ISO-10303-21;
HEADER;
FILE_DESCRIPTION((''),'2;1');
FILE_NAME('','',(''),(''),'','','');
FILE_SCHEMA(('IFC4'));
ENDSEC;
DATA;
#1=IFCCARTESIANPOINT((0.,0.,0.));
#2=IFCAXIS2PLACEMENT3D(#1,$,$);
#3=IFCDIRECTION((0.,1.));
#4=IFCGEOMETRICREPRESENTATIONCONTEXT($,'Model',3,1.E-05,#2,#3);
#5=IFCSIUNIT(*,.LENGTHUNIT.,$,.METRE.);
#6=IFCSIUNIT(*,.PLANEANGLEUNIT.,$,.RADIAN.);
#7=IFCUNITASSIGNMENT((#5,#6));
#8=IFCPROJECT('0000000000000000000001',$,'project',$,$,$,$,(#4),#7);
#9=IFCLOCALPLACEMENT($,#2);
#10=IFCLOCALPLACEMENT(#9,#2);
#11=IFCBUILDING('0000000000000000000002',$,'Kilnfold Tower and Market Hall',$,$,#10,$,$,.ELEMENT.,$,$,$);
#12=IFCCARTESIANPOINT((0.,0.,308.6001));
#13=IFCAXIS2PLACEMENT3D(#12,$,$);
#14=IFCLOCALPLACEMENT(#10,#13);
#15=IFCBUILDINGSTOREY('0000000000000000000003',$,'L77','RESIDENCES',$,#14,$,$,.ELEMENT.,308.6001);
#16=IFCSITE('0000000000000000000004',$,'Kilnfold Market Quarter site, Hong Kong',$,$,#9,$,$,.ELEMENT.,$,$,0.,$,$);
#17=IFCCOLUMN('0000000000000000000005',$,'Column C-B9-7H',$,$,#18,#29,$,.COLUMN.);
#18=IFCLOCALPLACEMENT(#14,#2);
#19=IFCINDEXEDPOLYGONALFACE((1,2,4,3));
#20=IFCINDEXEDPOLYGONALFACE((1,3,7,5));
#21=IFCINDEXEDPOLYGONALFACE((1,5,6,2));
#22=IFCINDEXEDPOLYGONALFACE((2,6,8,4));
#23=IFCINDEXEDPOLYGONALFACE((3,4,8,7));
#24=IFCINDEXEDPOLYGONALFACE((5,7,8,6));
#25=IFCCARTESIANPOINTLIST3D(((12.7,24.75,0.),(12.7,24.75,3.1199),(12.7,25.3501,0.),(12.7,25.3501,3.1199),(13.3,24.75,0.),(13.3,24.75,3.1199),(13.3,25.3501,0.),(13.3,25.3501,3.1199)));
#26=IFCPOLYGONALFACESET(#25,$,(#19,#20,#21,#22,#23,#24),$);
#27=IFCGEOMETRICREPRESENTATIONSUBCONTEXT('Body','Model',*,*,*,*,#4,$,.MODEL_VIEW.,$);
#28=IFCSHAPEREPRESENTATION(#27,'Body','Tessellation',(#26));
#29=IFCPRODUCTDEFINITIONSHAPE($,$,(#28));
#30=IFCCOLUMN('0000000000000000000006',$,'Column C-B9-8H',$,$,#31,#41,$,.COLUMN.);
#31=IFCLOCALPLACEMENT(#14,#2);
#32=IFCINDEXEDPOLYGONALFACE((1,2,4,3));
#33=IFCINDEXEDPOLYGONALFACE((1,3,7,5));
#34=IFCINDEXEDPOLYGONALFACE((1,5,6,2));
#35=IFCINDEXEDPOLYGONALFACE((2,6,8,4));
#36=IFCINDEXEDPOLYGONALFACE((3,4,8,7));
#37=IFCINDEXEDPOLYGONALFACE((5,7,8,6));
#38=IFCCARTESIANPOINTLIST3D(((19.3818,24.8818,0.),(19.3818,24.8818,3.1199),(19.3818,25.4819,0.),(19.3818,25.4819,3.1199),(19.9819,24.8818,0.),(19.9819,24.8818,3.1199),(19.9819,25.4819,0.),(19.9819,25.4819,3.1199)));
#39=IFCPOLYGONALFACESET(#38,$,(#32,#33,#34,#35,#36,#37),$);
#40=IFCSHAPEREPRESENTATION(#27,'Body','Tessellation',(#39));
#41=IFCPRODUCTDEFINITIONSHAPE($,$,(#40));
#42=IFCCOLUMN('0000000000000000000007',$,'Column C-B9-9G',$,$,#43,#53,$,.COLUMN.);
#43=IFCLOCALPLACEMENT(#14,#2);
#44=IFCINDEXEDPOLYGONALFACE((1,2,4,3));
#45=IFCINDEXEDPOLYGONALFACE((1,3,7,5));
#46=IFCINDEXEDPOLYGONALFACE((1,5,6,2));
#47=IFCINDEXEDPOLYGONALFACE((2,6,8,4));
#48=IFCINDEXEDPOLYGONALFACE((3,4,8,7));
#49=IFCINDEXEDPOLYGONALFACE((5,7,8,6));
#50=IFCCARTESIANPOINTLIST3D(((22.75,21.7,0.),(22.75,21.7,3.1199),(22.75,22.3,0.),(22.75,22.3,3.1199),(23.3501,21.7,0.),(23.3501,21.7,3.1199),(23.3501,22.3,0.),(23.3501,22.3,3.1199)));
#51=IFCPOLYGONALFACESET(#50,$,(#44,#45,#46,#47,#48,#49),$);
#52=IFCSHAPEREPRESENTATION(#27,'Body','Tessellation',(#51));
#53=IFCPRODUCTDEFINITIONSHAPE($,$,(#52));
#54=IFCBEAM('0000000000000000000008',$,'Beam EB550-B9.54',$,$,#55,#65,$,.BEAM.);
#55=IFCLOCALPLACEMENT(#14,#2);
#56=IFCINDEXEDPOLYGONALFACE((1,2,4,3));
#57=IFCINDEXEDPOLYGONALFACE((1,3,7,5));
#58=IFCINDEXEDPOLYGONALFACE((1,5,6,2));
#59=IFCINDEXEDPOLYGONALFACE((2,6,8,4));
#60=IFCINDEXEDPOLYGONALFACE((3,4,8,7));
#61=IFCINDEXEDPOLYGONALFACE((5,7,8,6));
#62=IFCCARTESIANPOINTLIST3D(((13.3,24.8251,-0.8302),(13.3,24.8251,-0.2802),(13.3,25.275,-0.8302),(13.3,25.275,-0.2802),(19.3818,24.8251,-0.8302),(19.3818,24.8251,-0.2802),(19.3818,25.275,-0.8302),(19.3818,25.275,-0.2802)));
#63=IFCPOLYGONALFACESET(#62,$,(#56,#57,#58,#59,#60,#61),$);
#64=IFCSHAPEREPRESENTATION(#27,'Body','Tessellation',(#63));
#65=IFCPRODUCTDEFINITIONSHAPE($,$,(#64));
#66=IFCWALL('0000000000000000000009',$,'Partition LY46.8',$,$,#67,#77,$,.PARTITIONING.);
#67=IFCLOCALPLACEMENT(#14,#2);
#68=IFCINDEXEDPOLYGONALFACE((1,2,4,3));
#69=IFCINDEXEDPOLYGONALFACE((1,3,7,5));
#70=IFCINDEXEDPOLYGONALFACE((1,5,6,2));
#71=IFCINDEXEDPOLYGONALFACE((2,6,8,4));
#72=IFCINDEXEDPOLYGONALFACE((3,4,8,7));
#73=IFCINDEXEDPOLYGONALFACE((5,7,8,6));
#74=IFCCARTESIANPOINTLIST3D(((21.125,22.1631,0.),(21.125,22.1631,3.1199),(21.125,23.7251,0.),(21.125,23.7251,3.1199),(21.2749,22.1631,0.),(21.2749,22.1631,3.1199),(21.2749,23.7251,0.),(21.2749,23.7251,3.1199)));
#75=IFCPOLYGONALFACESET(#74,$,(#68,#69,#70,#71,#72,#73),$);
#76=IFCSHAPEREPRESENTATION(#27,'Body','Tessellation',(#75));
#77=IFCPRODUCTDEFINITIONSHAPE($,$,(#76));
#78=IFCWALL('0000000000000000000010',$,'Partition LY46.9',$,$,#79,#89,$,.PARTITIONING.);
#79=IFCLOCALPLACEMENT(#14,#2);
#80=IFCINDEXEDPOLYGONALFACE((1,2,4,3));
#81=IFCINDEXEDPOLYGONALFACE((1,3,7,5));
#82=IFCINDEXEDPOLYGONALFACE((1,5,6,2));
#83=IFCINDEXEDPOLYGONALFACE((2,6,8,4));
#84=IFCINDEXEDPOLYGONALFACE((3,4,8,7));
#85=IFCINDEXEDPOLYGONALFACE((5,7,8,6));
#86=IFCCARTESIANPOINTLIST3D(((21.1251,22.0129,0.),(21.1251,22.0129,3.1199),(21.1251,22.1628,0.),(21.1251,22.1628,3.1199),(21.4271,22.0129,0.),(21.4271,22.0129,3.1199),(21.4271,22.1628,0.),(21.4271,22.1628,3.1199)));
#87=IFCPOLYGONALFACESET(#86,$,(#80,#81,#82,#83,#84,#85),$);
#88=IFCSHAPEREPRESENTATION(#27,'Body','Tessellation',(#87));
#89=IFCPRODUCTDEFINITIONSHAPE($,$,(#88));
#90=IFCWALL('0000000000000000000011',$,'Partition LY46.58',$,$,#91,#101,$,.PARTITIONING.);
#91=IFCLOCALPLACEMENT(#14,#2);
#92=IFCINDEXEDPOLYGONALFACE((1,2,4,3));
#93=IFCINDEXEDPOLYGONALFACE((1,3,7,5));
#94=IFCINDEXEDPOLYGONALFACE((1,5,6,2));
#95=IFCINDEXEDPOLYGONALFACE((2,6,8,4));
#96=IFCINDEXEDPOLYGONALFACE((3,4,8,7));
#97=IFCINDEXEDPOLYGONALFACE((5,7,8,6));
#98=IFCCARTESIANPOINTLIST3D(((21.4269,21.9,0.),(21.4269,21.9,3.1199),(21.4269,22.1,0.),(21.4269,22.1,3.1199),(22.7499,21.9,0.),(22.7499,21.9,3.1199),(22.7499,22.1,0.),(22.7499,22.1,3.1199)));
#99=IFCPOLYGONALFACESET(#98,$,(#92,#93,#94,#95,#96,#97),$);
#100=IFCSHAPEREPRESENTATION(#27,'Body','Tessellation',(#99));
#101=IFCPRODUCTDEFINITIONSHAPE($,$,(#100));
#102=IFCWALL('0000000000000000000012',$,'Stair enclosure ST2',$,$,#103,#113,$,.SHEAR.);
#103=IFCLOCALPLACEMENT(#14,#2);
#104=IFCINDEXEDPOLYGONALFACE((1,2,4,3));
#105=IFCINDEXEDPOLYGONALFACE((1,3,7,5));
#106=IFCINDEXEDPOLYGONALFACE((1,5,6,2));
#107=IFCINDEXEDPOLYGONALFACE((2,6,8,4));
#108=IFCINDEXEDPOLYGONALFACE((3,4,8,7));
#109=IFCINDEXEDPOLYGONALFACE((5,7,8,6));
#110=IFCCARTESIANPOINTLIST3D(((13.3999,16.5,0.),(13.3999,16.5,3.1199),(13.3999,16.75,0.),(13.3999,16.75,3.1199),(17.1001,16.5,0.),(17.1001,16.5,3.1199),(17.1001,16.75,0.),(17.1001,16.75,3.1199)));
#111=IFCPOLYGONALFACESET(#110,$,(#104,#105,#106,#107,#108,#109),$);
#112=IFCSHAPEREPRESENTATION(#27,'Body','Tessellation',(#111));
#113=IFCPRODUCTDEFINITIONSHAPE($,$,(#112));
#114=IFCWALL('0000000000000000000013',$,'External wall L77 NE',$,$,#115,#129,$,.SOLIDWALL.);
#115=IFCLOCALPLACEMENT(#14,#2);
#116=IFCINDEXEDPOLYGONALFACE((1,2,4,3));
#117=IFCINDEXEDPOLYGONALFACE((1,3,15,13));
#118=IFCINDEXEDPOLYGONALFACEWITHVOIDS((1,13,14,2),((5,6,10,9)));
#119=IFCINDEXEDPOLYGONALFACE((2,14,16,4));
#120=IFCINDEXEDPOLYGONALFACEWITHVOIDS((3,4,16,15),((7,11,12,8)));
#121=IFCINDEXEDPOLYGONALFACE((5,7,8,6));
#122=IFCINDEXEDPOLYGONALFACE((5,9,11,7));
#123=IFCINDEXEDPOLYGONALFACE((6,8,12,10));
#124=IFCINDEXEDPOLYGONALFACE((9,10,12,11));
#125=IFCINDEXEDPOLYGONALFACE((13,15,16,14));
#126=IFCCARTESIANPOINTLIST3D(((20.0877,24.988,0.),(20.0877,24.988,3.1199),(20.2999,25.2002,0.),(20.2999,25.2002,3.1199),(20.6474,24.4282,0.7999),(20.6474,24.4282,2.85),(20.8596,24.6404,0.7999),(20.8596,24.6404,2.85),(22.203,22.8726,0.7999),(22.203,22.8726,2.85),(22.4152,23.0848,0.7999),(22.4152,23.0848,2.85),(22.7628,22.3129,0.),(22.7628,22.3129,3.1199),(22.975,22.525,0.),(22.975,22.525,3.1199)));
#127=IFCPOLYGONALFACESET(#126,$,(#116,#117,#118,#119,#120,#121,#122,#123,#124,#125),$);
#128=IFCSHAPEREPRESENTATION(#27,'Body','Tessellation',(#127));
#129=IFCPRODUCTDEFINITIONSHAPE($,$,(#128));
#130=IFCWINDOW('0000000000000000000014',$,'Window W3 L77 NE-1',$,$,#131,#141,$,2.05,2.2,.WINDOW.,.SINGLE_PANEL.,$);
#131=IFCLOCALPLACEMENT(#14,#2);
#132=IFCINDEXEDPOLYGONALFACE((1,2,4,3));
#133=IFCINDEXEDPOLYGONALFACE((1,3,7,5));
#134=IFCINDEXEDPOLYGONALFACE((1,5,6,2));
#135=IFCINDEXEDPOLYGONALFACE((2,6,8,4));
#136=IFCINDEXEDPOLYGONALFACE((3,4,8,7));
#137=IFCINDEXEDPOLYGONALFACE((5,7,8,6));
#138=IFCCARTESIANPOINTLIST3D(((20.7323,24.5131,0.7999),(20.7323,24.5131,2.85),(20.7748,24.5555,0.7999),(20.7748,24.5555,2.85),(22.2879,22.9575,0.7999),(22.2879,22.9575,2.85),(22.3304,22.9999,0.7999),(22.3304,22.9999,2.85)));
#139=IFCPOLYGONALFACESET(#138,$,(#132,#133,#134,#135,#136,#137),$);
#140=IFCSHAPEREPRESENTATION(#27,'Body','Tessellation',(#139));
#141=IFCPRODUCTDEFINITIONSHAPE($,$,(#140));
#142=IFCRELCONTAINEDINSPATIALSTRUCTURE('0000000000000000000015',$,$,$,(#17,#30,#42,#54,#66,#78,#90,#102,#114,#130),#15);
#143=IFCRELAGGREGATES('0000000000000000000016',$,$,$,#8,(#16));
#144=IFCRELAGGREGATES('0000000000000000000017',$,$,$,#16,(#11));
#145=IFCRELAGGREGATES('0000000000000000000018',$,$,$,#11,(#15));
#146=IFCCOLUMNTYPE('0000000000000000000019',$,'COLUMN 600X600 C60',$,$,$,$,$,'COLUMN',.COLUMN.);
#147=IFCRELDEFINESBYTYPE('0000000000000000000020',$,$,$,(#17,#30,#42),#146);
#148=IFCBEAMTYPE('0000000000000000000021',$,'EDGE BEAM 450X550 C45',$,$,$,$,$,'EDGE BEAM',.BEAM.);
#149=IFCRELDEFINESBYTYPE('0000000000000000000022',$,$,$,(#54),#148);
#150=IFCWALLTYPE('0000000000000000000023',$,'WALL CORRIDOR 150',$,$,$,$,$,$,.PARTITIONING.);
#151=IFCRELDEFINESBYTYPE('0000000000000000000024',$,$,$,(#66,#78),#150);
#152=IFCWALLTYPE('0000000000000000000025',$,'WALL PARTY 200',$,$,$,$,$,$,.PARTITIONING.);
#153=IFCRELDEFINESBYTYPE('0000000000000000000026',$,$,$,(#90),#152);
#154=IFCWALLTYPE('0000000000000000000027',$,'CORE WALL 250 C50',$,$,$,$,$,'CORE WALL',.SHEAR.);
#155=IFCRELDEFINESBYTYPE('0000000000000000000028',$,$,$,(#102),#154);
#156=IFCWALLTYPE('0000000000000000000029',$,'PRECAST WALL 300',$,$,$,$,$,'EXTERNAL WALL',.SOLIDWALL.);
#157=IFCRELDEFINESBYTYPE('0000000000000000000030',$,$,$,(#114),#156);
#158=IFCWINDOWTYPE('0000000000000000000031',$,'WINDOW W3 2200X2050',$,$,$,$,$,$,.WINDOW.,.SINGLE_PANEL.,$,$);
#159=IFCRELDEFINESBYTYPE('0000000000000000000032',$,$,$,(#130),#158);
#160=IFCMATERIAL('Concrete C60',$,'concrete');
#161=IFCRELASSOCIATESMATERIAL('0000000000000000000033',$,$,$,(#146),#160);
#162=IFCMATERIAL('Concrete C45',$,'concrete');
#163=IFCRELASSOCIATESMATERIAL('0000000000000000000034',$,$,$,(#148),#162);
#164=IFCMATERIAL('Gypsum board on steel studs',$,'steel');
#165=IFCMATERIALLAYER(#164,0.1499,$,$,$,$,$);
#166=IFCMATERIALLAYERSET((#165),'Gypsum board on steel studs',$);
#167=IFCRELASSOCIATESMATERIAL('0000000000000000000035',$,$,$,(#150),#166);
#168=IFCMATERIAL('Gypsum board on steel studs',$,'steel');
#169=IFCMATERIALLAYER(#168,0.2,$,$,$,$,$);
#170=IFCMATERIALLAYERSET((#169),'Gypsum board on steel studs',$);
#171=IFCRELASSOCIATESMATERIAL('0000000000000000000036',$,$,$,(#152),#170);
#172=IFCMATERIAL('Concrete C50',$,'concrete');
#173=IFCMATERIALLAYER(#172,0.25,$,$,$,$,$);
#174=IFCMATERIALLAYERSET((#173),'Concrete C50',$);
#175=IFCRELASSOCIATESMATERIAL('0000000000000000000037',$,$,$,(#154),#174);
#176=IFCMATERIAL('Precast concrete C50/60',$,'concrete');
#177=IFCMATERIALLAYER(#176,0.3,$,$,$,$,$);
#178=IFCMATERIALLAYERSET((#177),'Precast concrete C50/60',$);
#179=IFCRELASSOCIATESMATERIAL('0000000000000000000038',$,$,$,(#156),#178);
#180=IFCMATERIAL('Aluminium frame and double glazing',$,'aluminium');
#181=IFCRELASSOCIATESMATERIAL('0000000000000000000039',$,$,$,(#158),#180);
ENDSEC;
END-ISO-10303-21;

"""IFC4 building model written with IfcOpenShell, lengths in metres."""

from ifc_helpers import new_model, si_unit, direction, frame, frame_2d, origin, origin_2d, place, context, subcontext, project, spatial, rectangle, extrude, source, transform, mapped, material, layer, layer_set, material_profile, profile_set, type_object, element, fill, save


model = new_model("IFC4")

# Units and contexts
model_context = context("Model", 3, precision=1e-05, world=origin(), true_north=direction((0.0, 1.0)))
body_context = subcontext(model_context, "Body", "Model", "MODEL_VIEW")
ifc_project = project(units=[si_unit("LENGTHUNIT", "METRE"), si_unit("PLANEANGLEUNIT", "RADIAN")], contexts=[model_context])

# Site, building, storey
site_placement = place(None, origin())
site = spatial("IfcSite", under=ifc_project, at=site_placement, Name="Kilnfold Market Quarter site, Hong Kong", CompositionType="ELEMENT", RefElevation=0.0)
building_placement = place(site_placement, origin())
building = spatial("IfcBuilding", under=site, at=building_placement, Name="Kilnfold Tower and Market Hall", CompositionType="ELEMENT")
storey_placement = place(building_placement, frame((0.0, 0.0, 308.6001)))
storey = spatial("IfcBuildingStorey", under=building, at=storey_placement, Name="L77", Description="RESIDENCES", CompositionType="ELEMENT", Elevation=308.6001)

# Columns
ifc_material_1 = material(Name="Concrete C60", Category="concrete")
ifc_material_profile_1 = material_profile(ifc_material_1, rectangle(XDim=0.6001, YDim=0.6001, at=origin_2d()), Name="RC 600x600")
ifc_profile_set_1 = profile_set([ifc_material_profile_1], Name="Concrete C60")
column_type = type_object("IfcColumnType", Name="COLUMN 600X600 C60", ElementType="COLUMN", PredefinedType="COLUMN", material=ifc_profile_set_1)
shared_shape_1 = source(origin(), body_context, "Body", "SweptSolid", [
    extrude(rectangle(XDim=0.6001, YDim=0.6001, at=origin_2d()), origin(), (0.0, 0.0, 1.0), 3.1199),
])
for number, where, z_axis, x_axis, name in (
    (1, (13.0, 25.05, 0.0), (0.0, 0.0, 1.0), (1.0, 0.0, 0.0), "Column C-B9-7H"),
    (2, (19.6819, 25.1819, 0.0), (0.0, 0.0, 1.0), (1.0, 0.0, 0.0), "Column C-B9-8H"),
    (3, (23.05, 22.0, 0.0), (0.0, 0.0, 1.0), (1.0, 0.0, 0.0), "Column C-B9-9G"),
):
    element("IfcColumn", number, at=place(storey_placement, frame(where, z_axis=z_axis, x_axis=x_axis)), inside=storey, type_object=column_type, Name=name, PredefinedType="COLUMN", context=body_context, shape_type="MappedRepresentation", body=[
        mapped(shared_shape_1, transform((0.0, 0.0, 0.0))),
    ])

# Beam
ifc_material_2 = material(Name="Concrete C45", Category="concrete")
ifc_material_profile_2 = material_profile(ifc_material_2, rectangle(XDim=0.45, YDim=0.55, at=origin_2d()), Name="RC 450x550")
ifc_profile_set_2 = profile_set([ifc_material_profile_2], Name="Concrete C45")
beam_type = type_object("IfcBeamType", Name="EDGE BEAM 450X550 C45", ElementType="EDGE BEAM", PredefinedType="BEAM", material=ifc_profile_set_2)
shared_shape_2 = source(origin(), body_context, "Body", "SweptSolid", [
    extrude(rectangle(XDim=0.45, YDim=0.55, at=origin_2d()), origin(), (0.0, 0.0, 1.0), 6.0818),
])
beam_placement = place(storey_placement, frame((13.3, 25.05, -0.5552), z_axis=(1.0, 0.0, 0.0), x_axis=(0.0, 1.0, 0.0)))
element("IfcBeam", 4, at=beam_placement, inside=storey, type_object=beam_type, Name="Beam EB550-B9.54", PredefinedType="BEAM", context=body_context, shape_type="MappedRepresentation", body=[
    mapped(shared_shape_2, transform((0.0, 0.0, 0.0))),
])

# Walls
ifc_material_3 = material(Name="Gypsum board on steel studs", Category="steel")
ifc_layer_1 = layer(ifc_material_3, 0.1499)
ifc_layer_set_1 = layer_set([ifc_layer_1], Name="Gypsum board on steel studs")
wall_type_1 = type_object("IfcWallType", Name="WALL CORRIDOR 150", PredefinedType="PARTITIONING", material=ifc_layer_set_1)
wall_1_placement = place(storey_placement, frame((21.2, 22.1631, 0.0), z_axis=(0.0, 0.0, 1.0), x_axis=(0.0, 1.0, 0.0)))
element("IfcWall", 5, at=wall_1_placement, inside=storey, type_object=wall_type_1, Name="Partition LY46.8", PredefinedType="PARTITIONING", context=body_context, shape_type="SweptSolid", body=[
    extrude(rectangle(XDim=1.562, YDim=0.1499, at=frame_2d((0.781, 0.0))), origin(), (0.0, 0.0, 1.0), 3.1199),
])
wall_2_placement = place(storey_placement, frame((21.427, 22.0879, 0.0), z_axis=(0.0, 0.0, 1.0), x_axis=(-1.0, 0.0, 0.0)))
element("IfcWall", 6, at=wall_2_placement, inside=storey, type_object=wall_type_1, Name="Partition LY46.9", PredefinedType="PARTITIONING", context=body_context, shape_type="SweptSolid", body=[
    extrude(rectangle(XDim=0.302, YDim=0.1499, at=frame_2d((0.1509, 0.0))), origin(), (0.0, 0.0, 1.0), 3.1199),
])
ifc_material_4 = material(Name="Gypsum board on steel studs", Category="steel")
ifc_layer_2 = layer(ifc_material_4, 0.2)
ifc_layer_set_2 = layer_set([ifc_layer_2], Name="Gypsum board on steel studs")
wall_type_2 = type_object("IfcWallType", Name="WALL PARTY 200", PredefinedType="PARTITIONING", material=ifc_layer_set_2)
wall_3_placement = place(storey_placement, frame((22.75, 22.0, 0.0), z_axis=(0.0, 0.0, 1.0), x_axis=(-1.0, 0.0, 0.0)))
element("IfcWall", 7, at=wall_3_placement, inside=storey, type_object=wall_type_2, Name="Partition LY46.58", PredefinedType="PARTITIONING", context=body_context, shape_type="SweptSolid", body=[
    extrude(rectangle(XDim=1.323, YDim=0.2, at=frame_2d((0.6616, 0.0))), origin(), (0.0, 0.0, 1.0), 3.1199),
])
ifc_material_5 = material(Name="Concrete C50", Category="concrete")
ifc_layer_3 = layer(ifc_material_5, 0.25)
ifc_layer_set_3 = layer_set([ifc_layer_3], Name="Concrete C50")
wall_type_3 = type_object("IfcWallType", Name="CORE WALL 250 C50", ElementType="CORE WALL", PredefinedType="SHEAR", material=ifc_layer_set_3)
shared_shape_3 = source(origin(), body_context, "Body", "SweptSolid", [
    extrude(rectangle(XDim=3.7002, YDim=0.25, at=frame_2d((1.8501, 0.0))), origin(), (0.0, 0.0, 1.0), 3.1199),
])
wall_4_placement = place(storey_placement, frame((13.3999, 16.625, 0.0), z_axis=(0.0, 0.0, 1.0), x_axis=(1.0, 0.0, 0.0)))
element("IfcWall", 8, at=wall_4_placement, inside=storey, type_object=wall_type_3, Name="Stair enclosure ST2", PredefinedType="SHEAR", context=body_context, shape_type="MappedRepresentation", body=[
    mapped(shared_shape_3, transform((0.0, 0.0, 0.0))),
])

# Wall, opening, window
ifc_material_6 = material(Name="Precast concrete C50/60", Category="concrete")
ifc_layer_4 = layer(ifc_material_6, 0.3)
ifc_layer_set_4 = layer_set([ifc_layer_4], Name="Precast concrete C50/60")
wall_type_4 = type_object("IfcWallType", Name="PRECAST WALL 300", ElementType="EXTERNAL WALL", PredefinedType="SOLIDWALL", material=ifc_layer_set_4)
shared_shape_4 = source(origin(), body_context, "Body", "SweptSolid", [
    extrude(rectangle(XDim=3.7832, YDim=0.3, at=frame_2d((1.8916, 0.0))), origin(), (0.0, 0.0, 1.0), 3.1199),
])
wall_5_placement = place(storey_placement, frame((22.8689, 22.4189, 0.0), z_axis=(0.0, 0.0, 1.0), x_axis=(-0.707107, 0.707107, 0.0)))
wall_5 = element("IfcWall", 9, at=wall_5_placement, inside=storey, type_object=wall_type_4, Name="External wall L77 NE", PredefinedType="SOLIDWALL", context=body_context, shape_type="MappedRepresentation", body=[
    mapped(shared_shape_4, transform((0.0, 0.0, 0.0))),
])
opening_1_placement = place(wall_5_placement, frame((0.7915, 0.0, 0.8)))
opening_1 = element("IfcOpeningElement", 10, at=opening_1_placement, cuts=wall_5, PredefinedType="OPENING", context=body_context, shape_type="SweptSolid", body=[
    extrude(rectangle(XDim=2.2, YDim=2.05, at=frame_2d((1.1001, 1.0249))), frame((0.0, 0.1602, 0.0), z_axis=(0.0, -1.0, 0.0), x_axis=(1.0, 0.0, 0.0)), (0.0, 0.0, 1.0), 0.3201),
])
ifc_material_7 = material(Name="Aluminium frame and double glazing", Category="aluminium")
window_type = type_object("IfcWindowType", Name="WINDOW W3 2200X2050", PartitioningType="SINGLE_PANEL", PredefinedType="WINDOW", material=ifc_material_7)
window_1_placement = place(opening_1_placement, origin())
window_1 = element("IfcWindow", 11, at=window_1_placement, inside=storey, type_object=window_type, Name="Window W3 L77 NE-1", OverallHeight=2.05, OverallWidth=2.2, PartitioningType="SINGLE_PANEL", PredefinedType="WINDOW", context=body_context, shape_type="SweptSolid", body=[
    extrude(rectangle(XDim=2.2, YDim=2.05, at=frame_2d((1.1001, 1.0249))), frame((0.0, 0.03, 0.0), z_axis=(0.0, -1.0, 0.0), x_axis=(1.0, 0.0, 0.0)), (0.0, 0.0, 1.0), 0.0601),
])
fill(opening_1, window_1)

save(model, "model.ifc")
